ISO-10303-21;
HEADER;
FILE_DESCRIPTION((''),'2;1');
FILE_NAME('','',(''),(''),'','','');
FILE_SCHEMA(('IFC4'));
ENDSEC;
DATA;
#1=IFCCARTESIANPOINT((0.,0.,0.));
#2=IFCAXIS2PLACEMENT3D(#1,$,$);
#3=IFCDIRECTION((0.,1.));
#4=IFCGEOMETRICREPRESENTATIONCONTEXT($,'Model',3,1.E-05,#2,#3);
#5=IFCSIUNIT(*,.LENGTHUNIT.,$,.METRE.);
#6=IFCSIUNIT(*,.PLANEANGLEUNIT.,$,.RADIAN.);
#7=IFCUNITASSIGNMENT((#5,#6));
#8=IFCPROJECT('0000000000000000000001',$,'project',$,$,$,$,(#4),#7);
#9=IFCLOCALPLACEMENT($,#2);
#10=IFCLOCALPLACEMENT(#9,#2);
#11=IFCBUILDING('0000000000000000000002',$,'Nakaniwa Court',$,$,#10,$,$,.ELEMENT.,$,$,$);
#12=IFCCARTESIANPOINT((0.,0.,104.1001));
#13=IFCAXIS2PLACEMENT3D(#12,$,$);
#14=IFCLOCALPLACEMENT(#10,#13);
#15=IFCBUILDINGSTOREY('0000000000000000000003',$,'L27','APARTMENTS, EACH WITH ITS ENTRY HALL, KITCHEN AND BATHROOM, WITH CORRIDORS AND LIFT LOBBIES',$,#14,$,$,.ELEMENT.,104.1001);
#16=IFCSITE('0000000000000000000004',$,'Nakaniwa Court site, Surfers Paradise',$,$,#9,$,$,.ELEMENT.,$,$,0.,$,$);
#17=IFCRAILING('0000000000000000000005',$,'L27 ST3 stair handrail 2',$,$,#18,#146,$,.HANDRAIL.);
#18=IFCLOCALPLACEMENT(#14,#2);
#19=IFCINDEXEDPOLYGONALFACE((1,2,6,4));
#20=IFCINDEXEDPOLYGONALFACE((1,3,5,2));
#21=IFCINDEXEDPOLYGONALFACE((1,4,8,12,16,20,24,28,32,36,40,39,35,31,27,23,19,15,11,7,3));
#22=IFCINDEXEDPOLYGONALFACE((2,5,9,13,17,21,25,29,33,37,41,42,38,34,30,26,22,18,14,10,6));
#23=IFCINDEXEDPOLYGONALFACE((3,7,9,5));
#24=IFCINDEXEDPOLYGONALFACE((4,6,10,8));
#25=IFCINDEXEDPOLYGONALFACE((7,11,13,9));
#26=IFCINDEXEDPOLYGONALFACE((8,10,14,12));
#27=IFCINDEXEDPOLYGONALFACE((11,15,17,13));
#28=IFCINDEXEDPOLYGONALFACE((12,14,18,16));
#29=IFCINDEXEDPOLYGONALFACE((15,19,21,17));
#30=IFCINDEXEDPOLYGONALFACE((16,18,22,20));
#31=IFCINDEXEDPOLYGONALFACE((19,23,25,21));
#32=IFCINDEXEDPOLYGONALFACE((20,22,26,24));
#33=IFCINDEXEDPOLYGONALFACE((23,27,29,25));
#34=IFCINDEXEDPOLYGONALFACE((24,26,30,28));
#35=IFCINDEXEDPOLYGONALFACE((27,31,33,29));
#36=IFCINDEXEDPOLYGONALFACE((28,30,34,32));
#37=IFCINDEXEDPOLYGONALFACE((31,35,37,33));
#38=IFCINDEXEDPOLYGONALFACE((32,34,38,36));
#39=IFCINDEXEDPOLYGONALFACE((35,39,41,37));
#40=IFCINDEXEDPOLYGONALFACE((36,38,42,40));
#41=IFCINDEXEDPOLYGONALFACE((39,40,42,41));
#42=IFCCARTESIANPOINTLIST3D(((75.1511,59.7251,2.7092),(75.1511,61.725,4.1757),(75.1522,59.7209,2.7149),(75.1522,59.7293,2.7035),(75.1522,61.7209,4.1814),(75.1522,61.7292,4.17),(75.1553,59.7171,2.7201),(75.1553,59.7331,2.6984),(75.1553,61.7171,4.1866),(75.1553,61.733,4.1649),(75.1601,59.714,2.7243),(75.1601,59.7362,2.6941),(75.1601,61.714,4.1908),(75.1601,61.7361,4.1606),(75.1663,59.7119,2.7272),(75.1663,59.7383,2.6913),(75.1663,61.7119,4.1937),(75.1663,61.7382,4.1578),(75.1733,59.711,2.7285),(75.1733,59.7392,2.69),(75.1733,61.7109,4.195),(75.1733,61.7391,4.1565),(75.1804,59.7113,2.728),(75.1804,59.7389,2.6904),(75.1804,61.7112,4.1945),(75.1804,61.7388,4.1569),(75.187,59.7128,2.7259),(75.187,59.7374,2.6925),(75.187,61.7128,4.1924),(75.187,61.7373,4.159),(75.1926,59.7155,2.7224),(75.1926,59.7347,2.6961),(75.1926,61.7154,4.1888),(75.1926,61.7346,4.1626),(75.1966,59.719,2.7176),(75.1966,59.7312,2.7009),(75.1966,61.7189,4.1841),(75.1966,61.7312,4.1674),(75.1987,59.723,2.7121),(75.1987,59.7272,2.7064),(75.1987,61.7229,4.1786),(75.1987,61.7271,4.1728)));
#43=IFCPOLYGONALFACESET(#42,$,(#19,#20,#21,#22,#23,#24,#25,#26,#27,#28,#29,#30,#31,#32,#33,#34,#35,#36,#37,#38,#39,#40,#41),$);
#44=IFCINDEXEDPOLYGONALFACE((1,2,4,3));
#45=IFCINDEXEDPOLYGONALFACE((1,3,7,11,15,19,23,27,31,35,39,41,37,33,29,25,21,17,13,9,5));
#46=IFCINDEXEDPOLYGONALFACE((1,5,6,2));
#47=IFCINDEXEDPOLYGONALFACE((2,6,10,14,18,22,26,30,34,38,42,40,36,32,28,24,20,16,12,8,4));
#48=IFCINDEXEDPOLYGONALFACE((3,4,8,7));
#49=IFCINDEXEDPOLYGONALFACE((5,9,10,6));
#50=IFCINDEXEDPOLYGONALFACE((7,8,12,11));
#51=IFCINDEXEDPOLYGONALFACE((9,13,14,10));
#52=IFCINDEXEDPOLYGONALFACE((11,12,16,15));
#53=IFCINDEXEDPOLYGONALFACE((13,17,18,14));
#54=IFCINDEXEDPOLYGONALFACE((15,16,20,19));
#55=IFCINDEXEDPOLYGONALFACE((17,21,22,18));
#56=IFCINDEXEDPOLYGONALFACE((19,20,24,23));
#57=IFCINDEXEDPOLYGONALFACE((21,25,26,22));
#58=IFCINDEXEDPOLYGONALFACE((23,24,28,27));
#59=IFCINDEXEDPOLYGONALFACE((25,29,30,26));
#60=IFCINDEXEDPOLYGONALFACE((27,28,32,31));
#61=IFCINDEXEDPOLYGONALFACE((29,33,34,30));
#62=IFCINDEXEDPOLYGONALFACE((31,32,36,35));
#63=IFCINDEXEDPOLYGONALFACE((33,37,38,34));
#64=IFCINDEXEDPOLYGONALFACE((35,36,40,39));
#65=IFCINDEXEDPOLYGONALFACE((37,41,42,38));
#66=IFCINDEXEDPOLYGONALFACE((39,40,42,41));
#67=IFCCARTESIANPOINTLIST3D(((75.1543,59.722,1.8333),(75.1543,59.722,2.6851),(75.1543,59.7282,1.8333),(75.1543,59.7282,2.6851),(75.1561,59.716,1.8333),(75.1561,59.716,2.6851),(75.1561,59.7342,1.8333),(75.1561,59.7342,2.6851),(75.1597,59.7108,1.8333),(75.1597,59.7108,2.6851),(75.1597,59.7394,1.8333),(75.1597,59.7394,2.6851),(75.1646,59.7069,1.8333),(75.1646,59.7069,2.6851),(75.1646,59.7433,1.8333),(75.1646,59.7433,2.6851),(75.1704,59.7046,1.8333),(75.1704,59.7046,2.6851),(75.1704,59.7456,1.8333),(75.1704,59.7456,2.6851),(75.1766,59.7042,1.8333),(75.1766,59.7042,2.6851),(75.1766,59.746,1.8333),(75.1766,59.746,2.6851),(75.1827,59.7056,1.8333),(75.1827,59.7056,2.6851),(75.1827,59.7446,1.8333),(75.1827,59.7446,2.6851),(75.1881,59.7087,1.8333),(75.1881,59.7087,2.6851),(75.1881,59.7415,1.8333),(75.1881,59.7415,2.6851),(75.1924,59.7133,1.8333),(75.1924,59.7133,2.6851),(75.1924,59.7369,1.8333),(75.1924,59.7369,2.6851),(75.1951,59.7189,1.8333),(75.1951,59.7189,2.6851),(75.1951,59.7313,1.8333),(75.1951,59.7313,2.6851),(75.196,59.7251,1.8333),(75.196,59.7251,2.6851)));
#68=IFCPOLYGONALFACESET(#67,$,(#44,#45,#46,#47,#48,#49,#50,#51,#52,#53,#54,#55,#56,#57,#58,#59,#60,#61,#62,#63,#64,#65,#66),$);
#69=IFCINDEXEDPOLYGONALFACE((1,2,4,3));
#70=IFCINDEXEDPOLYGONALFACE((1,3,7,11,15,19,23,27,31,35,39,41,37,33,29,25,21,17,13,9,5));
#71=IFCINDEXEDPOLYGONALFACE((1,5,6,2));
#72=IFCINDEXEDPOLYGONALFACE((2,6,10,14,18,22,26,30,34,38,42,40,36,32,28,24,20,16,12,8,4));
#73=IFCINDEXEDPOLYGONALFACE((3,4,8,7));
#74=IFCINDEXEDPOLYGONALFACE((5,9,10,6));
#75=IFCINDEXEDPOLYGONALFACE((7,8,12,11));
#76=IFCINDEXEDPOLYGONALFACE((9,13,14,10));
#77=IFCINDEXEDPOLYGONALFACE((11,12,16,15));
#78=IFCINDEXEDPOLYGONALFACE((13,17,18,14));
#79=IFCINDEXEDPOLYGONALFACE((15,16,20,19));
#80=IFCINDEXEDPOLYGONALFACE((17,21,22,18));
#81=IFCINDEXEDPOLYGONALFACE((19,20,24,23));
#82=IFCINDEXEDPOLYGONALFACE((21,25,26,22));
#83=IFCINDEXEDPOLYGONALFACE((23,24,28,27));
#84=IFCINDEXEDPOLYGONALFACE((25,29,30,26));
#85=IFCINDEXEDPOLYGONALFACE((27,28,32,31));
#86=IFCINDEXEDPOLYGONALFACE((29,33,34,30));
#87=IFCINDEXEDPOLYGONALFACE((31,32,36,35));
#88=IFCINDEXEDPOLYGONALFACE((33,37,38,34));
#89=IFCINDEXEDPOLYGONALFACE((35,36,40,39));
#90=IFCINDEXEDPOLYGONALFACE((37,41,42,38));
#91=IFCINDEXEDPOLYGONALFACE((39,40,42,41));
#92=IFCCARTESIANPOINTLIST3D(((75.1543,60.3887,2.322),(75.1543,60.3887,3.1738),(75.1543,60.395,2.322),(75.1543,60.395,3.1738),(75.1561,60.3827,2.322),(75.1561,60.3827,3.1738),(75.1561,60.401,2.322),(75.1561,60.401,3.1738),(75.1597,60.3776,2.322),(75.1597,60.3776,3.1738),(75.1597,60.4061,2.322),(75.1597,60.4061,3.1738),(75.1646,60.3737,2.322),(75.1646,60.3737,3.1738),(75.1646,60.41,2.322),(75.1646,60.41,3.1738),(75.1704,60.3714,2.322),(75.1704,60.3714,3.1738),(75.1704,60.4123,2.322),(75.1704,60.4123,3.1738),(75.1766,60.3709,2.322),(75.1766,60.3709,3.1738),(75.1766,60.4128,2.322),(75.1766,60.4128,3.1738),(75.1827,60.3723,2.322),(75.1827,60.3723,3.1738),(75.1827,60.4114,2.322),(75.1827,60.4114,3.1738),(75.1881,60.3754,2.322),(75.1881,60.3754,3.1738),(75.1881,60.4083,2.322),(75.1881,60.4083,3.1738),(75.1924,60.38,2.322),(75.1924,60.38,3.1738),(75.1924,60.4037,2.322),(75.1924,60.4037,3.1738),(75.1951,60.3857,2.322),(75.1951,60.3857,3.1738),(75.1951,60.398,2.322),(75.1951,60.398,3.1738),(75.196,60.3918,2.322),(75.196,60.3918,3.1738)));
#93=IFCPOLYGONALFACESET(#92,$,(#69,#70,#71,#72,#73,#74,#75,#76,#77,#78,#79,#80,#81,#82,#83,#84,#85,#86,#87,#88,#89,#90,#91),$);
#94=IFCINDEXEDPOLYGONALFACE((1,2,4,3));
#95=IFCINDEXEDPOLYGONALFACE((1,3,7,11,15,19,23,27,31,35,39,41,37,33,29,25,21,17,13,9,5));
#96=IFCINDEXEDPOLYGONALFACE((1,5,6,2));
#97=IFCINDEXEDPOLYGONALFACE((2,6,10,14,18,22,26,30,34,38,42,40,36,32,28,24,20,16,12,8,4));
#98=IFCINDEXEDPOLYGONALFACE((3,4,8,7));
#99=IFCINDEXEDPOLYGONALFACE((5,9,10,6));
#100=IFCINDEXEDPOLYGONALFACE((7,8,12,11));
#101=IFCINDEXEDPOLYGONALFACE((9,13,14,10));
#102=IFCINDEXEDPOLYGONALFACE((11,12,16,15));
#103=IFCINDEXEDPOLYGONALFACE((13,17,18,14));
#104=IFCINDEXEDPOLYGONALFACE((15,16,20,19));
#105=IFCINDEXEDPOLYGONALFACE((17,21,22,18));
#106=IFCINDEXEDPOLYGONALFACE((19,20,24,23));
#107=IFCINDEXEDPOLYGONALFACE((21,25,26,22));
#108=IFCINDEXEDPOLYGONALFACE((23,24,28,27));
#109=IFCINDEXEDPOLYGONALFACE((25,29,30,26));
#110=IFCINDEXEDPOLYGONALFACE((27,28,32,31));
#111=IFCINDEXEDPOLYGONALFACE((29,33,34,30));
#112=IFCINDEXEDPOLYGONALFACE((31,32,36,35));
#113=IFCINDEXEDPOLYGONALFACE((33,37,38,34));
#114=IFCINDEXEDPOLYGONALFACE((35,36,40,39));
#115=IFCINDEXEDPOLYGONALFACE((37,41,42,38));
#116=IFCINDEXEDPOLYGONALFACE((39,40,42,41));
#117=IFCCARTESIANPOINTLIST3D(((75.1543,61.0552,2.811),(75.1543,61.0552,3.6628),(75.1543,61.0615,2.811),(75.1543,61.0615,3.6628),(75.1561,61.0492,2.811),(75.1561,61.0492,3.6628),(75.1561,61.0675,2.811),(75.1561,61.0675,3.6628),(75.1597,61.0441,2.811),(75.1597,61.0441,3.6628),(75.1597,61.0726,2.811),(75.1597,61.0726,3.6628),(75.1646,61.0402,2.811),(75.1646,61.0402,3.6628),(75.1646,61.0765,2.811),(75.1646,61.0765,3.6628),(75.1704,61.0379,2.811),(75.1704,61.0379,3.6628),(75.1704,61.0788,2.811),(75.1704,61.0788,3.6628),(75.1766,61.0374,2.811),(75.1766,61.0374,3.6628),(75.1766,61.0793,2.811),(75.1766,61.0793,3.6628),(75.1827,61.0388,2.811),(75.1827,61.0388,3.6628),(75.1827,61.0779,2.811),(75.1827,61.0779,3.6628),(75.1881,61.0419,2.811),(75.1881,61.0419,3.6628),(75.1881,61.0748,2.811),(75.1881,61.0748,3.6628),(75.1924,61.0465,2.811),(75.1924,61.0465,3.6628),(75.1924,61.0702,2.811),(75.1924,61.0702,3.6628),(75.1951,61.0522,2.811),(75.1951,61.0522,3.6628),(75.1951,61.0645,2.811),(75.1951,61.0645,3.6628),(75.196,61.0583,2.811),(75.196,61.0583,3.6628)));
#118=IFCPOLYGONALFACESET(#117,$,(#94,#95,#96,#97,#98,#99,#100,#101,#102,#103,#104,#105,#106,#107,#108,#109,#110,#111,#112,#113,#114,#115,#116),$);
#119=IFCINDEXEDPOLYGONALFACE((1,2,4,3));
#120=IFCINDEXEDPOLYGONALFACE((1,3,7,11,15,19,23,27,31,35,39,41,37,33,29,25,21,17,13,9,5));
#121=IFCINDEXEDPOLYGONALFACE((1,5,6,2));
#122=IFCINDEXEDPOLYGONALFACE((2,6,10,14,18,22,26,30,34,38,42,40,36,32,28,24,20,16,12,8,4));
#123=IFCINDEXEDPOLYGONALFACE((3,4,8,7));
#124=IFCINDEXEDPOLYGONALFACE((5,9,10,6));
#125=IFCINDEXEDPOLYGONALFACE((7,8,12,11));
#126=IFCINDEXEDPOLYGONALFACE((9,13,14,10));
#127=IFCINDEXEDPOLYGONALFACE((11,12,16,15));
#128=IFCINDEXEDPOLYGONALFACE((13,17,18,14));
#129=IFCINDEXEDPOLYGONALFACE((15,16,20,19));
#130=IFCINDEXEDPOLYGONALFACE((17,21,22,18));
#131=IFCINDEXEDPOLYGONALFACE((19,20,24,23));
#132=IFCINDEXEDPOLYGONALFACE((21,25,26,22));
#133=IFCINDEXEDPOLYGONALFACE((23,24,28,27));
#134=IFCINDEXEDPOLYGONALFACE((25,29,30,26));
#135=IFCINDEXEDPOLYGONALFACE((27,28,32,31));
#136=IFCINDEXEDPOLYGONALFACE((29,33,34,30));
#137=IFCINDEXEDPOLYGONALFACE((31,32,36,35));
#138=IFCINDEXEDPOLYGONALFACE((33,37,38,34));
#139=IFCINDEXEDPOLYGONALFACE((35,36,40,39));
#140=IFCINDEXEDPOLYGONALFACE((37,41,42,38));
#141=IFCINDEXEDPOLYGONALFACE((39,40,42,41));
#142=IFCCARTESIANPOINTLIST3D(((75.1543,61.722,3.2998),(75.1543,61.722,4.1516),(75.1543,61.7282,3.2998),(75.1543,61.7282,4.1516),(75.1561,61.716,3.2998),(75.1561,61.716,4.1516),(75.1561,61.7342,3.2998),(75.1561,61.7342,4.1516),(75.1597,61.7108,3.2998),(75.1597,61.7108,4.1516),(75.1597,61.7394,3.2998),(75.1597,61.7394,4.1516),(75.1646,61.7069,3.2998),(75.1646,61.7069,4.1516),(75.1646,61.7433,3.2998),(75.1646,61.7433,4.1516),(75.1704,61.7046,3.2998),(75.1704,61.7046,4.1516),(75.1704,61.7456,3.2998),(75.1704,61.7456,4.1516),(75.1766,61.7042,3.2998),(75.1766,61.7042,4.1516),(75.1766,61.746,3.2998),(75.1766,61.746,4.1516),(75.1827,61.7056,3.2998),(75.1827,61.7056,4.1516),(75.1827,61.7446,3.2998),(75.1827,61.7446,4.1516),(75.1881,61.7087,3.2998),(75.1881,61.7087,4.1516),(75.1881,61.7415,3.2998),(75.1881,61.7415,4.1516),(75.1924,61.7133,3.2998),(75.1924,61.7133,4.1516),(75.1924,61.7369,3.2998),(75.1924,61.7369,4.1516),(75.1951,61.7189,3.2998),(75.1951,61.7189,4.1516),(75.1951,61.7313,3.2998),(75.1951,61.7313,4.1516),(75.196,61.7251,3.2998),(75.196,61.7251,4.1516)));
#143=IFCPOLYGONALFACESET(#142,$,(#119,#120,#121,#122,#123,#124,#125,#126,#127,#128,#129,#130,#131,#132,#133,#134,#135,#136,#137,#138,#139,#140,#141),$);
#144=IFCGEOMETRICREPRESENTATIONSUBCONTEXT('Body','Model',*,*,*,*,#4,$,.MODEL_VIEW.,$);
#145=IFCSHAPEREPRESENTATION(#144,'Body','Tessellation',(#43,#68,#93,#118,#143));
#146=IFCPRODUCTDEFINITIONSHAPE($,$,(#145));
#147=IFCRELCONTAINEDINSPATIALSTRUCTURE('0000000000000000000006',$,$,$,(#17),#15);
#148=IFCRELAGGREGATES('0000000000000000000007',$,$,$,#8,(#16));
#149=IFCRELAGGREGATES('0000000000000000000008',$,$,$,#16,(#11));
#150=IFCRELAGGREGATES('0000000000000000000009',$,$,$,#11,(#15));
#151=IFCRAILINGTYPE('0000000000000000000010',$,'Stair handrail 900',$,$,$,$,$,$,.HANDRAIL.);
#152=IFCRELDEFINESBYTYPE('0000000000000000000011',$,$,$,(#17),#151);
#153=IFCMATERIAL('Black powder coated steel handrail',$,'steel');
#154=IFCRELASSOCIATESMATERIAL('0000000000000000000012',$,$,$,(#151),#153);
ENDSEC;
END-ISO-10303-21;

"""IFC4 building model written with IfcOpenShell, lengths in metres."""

from ifc_helpers import new_model, si_unit, direction, frame, origin, origin_2d, place, context, subcontext, project, spatial, circle, extrude, material, type_object, element, save


model = new_model("IFC4")

# Units and contexts
model_context = context("Model", 3, precision=1e-05, world=origin(), true_north=direction((0.0, 1.0)))
body_context = subcontext(model_context, "Body", "Model", "MODEL_VIEW")
ifc_project = project(units=[si_unit("LENGTHUNIT", "METRE"), si_unit("PLANEANGLEUNIT", "RADIAN")], contexts=[model_context])

# Site, building, storey
site_placement = place(None, origin())
site = spatial("IfcSite", under=ifc_project, at=site_placement, Name="Nakaniwa Court site, Surfers Paradise", CompositionType="ELEMENT", RefElevation=0.0)
building_placement = place(site_placement, origin())
building = spatial("IfcBuilding", under=site, at=building_placement, Name="Nakaniwa Court", CompositionType="ELEMENT")
storey_placement = place(building_placement, frame((0.0, 0.0, 104.1001)))
storey = spatial("IfcBuildingStorey", under=building, at=storey_placement, Name="L27", Description="APARTMENTS, EACH WITH ITS ENTRY HALL, KITCHEN AND BATHROOM, WITH CORRIDORS AND LIFT LOBBIES", CompositionType="ELEMENT", Elevation=104.1001)

# Railing
ifc_material_1 = material(Name="Black powder coated steel handrail", Category="steel")
railing_type_1 = type_object("IfcRailingType", Name="Stair handrail 900", PredefinedType="HANDRAIL", material=ifc_material_1)
railing_1_placement = place(storey_placement, frame((75.175, 59.7251, 1.8333)))
element("IfcRailing", 1, at=railing_1_placement, inside=storey, type_object=railing_type_1, Name="L27 ST3 stair handrail 2", PredefinedType="HANDRAIL", context=body_context, shape_type="SweptSolid", body=[
    extrude(circle(Radius=0.0239, at=origin_2d()), frame((0.0, 0.0, 0.876), z_axis=(0.0, 0.806427, 0.591334), x_axis=(-1.0, 0.0, 0.0)), (0.0, 0.0, 1.0), 2.48),
    extrude(circle(Radius=0.021, at=origin_2d()), origin(), (0.0, 0.0, 1.0), 0.8518),
    extrude(circle(Radius=0.021, at=origin_2d()), frame((0.0, 0.6667, 0.4888)), (0.0, 0.0, 1.0), 0.8518),
    extrude(circle(Radius=0.021, at=origin_2d()), frame((0.0, 1.3333, 0.9778)), (0.0, 0.0, 1.0), 0.8518),
    extrude(circle(Radius=0.021, at=origin_2d()), frame((0.0, 2.0, 1.4666)), (0.0, 0.0, 1.0), 0.8518),
])

save(model, "model.ifc")
